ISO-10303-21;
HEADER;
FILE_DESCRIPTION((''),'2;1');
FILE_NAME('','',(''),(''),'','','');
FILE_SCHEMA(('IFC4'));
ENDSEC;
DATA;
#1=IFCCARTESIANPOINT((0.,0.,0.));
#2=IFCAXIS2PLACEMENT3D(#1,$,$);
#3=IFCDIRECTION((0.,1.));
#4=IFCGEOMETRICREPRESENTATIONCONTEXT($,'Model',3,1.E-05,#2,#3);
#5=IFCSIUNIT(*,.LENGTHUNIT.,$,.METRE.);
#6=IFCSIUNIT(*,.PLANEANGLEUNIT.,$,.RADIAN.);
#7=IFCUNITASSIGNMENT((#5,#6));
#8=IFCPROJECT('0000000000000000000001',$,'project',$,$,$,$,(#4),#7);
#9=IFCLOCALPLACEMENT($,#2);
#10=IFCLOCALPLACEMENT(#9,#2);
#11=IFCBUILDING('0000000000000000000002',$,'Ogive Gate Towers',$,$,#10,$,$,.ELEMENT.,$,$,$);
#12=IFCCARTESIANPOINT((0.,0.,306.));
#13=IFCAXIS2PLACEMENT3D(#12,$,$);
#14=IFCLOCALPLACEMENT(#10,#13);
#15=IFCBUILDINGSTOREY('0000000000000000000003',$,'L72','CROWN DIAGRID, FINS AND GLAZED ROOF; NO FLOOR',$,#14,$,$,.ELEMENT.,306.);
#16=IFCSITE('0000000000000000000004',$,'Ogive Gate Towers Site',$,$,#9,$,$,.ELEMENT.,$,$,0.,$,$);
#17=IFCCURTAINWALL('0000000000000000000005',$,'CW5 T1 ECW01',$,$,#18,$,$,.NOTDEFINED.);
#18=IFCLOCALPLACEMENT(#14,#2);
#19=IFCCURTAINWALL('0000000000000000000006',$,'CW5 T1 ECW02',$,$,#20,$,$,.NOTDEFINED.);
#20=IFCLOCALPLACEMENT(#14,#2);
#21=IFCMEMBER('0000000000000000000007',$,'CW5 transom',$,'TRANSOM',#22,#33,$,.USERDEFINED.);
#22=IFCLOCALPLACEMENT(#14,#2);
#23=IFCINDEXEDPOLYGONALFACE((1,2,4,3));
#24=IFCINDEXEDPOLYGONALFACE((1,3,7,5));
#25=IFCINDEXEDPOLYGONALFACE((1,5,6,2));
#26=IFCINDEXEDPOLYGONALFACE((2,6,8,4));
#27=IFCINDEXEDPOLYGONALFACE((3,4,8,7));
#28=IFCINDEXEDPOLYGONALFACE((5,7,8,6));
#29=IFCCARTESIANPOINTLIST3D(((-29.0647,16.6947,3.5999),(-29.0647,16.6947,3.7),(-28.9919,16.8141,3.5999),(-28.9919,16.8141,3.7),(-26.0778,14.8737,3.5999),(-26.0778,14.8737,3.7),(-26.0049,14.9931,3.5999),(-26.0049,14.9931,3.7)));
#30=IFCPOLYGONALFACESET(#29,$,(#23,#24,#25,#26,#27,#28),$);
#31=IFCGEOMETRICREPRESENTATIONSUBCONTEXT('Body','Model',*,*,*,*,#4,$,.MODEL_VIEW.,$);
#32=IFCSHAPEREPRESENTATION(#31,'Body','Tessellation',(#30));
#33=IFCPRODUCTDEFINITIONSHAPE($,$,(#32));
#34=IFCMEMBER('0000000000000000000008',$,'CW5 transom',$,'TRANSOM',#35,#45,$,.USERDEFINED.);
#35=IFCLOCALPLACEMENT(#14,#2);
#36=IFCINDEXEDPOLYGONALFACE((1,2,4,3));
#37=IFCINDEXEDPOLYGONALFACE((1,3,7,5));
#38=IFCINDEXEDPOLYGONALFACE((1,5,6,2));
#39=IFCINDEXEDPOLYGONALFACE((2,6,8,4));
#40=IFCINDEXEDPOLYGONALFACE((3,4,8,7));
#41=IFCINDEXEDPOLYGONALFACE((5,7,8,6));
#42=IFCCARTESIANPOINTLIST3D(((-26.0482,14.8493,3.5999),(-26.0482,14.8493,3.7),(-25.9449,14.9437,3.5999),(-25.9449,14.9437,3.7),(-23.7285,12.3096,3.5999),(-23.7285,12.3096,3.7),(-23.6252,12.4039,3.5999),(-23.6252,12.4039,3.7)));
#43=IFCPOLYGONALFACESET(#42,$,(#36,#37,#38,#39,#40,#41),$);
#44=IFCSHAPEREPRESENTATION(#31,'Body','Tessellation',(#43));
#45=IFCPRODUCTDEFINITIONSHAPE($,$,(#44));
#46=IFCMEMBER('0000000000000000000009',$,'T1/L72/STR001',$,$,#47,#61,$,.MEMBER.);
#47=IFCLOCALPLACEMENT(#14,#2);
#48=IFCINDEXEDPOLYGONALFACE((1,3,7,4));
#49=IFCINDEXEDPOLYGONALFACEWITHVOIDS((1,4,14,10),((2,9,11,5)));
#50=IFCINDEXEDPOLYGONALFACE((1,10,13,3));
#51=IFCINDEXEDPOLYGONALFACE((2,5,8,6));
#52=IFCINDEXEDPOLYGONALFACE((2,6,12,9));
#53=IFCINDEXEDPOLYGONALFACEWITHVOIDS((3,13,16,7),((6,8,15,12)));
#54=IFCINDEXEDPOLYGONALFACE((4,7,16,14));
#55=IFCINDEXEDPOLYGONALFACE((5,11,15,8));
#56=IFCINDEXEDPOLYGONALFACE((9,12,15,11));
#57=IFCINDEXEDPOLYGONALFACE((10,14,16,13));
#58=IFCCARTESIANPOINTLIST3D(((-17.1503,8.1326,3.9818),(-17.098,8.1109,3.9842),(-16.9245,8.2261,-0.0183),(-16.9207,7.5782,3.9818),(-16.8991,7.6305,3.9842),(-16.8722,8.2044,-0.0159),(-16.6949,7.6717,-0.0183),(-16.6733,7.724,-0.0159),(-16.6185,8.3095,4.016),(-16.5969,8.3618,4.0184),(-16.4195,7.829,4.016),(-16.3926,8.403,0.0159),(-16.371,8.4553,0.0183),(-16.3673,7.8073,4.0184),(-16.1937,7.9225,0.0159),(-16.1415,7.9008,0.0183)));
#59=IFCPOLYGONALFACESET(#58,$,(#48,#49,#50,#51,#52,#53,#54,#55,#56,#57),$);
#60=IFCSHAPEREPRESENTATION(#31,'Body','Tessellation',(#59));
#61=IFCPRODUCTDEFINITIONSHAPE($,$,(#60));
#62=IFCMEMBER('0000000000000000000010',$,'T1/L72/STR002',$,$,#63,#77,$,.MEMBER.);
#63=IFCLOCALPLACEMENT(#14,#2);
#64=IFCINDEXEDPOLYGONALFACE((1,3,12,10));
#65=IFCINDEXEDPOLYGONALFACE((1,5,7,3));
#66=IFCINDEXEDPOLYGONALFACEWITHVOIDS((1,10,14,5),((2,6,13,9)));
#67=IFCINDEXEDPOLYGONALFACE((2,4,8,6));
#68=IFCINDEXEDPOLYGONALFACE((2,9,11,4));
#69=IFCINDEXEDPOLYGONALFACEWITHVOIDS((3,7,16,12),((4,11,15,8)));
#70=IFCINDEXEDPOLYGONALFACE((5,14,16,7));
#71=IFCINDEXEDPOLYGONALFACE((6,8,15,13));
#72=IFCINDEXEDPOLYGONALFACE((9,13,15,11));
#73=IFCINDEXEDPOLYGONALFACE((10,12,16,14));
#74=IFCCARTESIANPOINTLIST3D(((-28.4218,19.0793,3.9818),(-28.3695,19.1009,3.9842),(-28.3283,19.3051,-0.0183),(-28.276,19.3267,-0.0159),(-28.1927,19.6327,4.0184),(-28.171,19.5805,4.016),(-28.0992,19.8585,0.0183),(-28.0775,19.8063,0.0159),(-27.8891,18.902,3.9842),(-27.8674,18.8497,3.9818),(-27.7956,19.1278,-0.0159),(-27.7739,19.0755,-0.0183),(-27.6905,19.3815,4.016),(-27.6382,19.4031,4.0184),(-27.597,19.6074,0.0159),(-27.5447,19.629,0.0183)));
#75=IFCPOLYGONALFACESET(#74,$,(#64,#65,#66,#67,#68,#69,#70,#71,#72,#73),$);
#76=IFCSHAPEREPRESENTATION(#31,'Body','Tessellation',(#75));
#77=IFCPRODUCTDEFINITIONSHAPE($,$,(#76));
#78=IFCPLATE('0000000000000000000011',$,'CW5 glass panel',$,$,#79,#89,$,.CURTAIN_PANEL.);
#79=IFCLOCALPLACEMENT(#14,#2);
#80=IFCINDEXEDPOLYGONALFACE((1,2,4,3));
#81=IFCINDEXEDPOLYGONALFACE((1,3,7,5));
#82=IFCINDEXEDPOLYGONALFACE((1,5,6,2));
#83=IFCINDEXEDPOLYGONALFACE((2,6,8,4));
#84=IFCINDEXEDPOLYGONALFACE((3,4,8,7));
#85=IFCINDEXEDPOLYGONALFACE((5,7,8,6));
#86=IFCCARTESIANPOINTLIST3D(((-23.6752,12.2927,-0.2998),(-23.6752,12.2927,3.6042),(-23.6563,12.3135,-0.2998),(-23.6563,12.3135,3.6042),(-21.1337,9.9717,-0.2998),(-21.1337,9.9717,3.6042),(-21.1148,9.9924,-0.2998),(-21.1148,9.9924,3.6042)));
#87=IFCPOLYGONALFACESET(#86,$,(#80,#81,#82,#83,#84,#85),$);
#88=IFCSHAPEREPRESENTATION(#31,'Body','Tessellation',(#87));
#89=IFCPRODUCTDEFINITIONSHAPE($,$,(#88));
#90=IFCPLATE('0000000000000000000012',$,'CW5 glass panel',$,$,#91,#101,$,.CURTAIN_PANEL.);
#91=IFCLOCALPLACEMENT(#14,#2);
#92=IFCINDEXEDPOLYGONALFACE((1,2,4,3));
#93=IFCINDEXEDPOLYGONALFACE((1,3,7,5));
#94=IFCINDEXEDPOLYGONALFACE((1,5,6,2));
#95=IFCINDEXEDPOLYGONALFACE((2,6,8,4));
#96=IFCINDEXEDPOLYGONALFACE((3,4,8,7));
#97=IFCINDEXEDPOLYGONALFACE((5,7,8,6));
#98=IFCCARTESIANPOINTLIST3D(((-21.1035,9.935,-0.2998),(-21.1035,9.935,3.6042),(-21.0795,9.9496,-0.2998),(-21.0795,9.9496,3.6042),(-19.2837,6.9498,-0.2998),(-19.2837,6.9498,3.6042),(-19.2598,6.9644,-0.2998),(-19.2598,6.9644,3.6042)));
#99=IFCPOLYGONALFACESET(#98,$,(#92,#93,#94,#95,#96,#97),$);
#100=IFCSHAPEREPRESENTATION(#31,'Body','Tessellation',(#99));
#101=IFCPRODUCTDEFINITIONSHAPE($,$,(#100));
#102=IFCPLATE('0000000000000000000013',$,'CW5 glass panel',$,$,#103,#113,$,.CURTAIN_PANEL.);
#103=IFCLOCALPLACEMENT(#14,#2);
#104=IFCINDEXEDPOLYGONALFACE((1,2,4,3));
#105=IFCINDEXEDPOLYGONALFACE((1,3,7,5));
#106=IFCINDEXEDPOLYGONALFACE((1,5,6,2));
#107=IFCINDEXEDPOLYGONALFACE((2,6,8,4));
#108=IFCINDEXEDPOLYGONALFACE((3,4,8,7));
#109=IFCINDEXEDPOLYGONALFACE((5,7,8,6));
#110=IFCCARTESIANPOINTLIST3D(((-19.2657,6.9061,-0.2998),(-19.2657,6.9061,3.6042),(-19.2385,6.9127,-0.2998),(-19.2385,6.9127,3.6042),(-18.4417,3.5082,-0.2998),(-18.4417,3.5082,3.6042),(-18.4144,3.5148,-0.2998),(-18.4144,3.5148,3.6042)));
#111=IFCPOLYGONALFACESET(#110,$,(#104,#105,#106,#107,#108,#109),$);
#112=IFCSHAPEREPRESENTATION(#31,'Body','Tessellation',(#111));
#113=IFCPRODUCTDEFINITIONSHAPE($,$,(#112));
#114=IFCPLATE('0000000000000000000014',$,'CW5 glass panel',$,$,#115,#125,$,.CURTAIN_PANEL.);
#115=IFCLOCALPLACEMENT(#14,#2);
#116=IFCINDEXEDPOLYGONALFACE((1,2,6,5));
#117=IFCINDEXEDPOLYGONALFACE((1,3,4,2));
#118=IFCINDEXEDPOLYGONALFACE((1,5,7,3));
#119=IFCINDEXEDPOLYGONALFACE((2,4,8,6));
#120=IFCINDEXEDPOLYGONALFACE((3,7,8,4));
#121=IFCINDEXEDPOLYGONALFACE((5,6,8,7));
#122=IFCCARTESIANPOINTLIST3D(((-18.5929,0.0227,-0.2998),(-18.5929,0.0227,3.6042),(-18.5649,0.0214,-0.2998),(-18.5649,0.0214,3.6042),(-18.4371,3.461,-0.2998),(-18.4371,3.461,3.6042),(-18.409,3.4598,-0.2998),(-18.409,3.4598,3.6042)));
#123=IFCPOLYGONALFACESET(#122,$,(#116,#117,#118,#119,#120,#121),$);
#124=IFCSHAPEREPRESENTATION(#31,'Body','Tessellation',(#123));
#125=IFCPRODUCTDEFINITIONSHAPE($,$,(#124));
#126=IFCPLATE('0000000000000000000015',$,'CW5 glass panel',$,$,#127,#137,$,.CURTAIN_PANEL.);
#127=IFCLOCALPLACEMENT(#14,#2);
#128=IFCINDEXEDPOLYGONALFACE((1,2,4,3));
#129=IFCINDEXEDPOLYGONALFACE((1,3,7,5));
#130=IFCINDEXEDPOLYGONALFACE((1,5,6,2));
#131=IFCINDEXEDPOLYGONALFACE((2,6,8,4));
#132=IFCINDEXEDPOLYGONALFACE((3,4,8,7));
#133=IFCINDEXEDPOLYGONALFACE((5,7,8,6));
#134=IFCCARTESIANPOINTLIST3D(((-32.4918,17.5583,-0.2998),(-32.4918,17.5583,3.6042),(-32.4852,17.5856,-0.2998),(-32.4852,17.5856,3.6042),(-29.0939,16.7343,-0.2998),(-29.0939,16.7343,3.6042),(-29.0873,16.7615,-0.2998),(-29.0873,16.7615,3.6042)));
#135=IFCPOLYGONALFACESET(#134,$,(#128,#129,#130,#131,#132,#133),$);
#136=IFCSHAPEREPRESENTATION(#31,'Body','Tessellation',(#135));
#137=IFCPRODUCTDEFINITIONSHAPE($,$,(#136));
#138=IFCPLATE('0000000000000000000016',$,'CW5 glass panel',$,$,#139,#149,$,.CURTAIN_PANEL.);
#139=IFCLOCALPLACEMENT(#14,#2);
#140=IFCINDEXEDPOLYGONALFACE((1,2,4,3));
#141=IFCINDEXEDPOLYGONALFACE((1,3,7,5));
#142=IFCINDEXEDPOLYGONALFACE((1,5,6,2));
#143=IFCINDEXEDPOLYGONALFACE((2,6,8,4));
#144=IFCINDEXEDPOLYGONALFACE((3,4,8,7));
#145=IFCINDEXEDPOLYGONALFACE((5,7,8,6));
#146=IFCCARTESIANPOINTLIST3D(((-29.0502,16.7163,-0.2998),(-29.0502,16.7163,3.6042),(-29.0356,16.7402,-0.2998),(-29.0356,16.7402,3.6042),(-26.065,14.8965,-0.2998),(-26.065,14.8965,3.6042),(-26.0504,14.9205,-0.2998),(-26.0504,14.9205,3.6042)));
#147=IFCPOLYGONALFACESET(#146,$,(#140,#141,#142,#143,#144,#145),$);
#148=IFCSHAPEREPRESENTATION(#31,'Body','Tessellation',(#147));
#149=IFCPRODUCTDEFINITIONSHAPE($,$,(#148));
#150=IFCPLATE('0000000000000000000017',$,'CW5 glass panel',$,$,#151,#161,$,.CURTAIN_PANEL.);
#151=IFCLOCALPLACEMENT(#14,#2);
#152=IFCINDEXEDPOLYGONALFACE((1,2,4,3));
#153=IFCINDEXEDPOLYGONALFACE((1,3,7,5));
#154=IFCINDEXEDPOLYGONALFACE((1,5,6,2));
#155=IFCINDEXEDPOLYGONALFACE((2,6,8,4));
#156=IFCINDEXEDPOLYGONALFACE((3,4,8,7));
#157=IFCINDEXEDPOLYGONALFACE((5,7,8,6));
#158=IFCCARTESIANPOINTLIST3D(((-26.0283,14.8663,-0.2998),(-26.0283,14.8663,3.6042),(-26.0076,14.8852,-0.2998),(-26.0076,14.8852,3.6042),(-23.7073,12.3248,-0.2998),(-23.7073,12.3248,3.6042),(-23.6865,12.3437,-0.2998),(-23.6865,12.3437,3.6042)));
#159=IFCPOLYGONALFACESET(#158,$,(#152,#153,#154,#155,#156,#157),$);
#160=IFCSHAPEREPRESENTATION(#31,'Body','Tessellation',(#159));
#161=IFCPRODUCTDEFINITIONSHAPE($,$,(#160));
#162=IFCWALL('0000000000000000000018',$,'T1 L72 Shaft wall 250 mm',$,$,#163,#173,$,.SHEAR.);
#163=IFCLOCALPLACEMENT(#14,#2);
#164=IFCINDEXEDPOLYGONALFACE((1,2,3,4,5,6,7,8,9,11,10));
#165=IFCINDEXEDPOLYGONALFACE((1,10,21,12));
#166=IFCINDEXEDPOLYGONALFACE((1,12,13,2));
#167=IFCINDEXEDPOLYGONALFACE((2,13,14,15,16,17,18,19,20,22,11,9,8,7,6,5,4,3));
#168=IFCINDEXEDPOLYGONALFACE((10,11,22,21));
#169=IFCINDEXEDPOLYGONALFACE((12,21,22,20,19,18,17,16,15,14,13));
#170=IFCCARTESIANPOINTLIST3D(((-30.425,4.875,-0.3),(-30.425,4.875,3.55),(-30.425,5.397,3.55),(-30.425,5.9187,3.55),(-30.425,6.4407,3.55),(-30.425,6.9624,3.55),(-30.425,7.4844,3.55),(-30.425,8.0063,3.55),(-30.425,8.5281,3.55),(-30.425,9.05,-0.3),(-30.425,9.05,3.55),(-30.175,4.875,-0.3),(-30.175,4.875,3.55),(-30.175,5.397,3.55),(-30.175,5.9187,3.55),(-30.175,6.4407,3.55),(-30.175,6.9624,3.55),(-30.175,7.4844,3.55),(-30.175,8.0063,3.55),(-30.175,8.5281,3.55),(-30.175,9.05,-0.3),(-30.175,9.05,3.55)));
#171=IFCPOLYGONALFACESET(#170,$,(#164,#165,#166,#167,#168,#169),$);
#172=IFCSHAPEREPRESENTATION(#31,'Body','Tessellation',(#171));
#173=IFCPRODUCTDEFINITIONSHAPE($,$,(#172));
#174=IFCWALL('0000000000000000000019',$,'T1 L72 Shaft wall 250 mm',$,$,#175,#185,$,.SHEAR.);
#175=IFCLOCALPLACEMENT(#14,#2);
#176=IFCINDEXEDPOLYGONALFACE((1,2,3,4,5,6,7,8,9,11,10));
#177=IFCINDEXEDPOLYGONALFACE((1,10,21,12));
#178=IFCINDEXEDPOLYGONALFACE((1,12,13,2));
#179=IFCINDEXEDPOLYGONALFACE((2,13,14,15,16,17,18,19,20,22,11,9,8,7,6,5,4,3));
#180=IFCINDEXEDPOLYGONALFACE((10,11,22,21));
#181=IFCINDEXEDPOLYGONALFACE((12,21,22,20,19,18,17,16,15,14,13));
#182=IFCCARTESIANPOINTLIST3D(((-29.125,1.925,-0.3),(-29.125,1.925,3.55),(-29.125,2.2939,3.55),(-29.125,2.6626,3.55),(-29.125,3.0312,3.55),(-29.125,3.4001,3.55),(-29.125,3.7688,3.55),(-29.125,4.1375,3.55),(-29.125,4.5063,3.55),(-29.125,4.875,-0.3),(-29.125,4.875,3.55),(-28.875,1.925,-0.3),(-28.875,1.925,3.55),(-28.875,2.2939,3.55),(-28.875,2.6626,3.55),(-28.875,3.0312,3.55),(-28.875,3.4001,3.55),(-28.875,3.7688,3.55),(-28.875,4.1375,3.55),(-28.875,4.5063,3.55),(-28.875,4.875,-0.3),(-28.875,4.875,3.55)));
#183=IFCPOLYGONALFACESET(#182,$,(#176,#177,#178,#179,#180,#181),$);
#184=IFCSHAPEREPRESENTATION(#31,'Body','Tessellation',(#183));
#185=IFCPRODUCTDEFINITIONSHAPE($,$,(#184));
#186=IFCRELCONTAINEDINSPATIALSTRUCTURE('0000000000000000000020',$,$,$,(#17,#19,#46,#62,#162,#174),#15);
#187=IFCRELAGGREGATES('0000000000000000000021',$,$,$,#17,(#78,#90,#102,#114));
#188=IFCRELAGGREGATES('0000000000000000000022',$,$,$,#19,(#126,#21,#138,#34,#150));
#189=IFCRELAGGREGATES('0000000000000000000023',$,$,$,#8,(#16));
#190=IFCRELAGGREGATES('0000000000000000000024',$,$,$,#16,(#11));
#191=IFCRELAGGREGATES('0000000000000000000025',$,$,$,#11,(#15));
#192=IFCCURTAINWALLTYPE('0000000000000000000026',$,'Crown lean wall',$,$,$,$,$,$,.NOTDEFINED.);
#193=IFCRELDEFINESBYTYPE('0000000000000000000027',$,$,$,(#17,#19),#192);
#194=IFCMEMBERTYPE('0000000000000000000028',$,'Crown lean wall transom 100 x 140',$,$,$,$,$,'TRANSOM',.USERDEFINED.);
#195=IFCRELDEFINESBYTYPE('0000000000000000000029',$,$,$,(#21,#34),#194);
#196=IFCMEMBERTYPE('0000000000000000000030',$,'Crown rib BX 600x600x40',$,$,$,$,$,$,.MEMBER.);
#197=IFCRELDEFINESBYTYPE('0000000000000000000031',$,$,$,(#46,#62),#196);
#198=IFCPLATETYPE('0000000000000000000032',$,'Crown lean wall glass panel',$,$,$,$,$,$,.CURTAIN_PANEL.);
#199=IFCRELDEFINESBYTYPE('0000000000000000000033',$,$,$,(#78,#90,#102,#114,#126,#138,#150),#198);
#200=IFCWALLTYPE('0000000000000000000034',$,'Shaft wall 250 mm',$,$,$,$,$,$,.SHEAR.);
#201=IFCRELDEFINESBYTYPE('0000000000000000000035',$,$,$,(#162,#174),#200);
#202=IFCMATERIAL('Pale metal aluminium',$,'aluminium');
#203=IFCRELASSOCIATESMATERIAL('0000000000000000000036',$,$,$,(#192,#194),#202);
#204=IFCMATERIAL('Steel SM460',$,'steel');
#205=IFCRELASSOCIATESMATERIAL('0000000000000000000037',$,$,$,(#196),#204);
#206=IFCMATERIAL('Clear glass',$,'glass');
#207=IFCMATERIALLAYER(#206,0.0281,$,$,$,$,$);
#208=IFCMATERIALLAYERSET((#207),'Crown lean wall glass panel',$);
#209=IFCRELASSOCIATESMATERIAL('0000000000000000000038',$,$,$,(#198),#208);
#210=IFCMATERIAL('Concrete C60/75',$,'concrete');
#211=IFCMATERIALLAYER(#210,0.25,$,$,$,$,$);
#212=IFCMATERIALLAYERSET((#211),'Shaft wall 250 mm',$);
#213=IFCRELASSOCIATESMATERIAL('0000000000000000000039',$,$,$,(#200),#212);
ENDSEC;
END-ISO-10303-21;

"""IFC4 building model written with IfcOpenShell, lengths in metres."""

from ifc_helpers import new_model, si_unit, direction, frame, origin, origin_2d, place, context, subcontext, project, spatial, polyline, rectangle, hollow_rectangle, outline, extrude, material, layer, layer_set, material_profile, profile_set, type_object, element, aggregate, save


model = new_model("IFC4")

# Units and contexts
model_context = context("Model", 3, precision=1e-05, world=origin(), true_north=direction((0.0, 1.0)))
body_context = subcontext(model_context, "Body", "Model", "MODEL_VIEW")
ifc_project = project(units=[si_unit("LENGTHUNIT", "METRE"), si_unit("PLANEANGLEUNIT", "RADIAN")], contexts=[model_context])

# Site, building, storey
site_placement = place(None, origin())
site = spatial("IfcSite", under=ifc_project, at=site_placement, Name="Ogive Gate Towers Site", CompositionType="ELEMENT", RefElevation=0.0)
building_placement = place(site_placement, origin())
building = spatial("IfcBuilding", under=site, at=building_placement, Name="Ogive Gate Towers", CompositionType="ELEMENT")
storey_placement = place(building_placement, frame((0.0, 0.0, 306.0)))
storey = spatial("IfcBuildingStorey", under=building, at=storey_placement, Name="L72", Description="CROWN DIAGRID, FINS AND GLAZED ROOF; NO FLOOR", CompositionType="ELEMENT", Elevation=306.0)

# Shared definitions
ifc_material_1 = material(Name="Steel SM460", Category="steel")

# Curtain walls
ifc_material_2 = material(Name="Pale metal aluminium", Category="aluminium")
curtain_wall_type = type_object("IfcCurtainWallType", Name="Crown lean wall", PredefinedType="NOTDEFINED", material=ifc_material_2)
curtain_wall_1_placement = place(storey_placement, origin())
curtain_wall_1 = element("IfcCurtainWall", 1, at=curtain_wall_1_placement, inside=storey, type_object=curtain_wall_type, Name="CW5 T1 ECW01", PredefinedType="NOTDEFINED")
curtain_wall_2_placement = place(storey_placement, origin())
curtain_wall_2 = element("IfcCurtainWall", 2, at=curtain_wall_2_placement, inside=storey, type_object=curtain_wall_type, Name="CW5 T1 ECW02", PredefinedType="NOTDEFINED")

# Members
ifc_material_profile_1 = material_profile(ifc_material_2, rectangle(XDim=0.1399, YDim=0.1001, at=origin_2d()), Name="100 x 140 aluminium box")
ifc_profile_set_1 = profile_set([ifc_material_profile_1], Name="Pale metal aluminium")
member_type_1 = type_object("IfcMemberType", Name="Crown lean wall transom 100 x 140", ElementType="TRANSOM", PredefinedType="USERDEFINED", material=ifc_profile_set_1)
member_1_placement = place(storey_placement, frame((-29.0283, 16.7544, 3.6499), z_axis=(0.853839, -0.520538, 0.0), x_axis=(0.520538, 0.853839, 0.0)))
member_1 = element("IfcMember", 3, at=member_1_placement, type_object=member_type_1, Name="CW5 transom", ObjectType="TRANSOM", PredefinedType="USERDEFINED", context=body_context, shape_type="SweptSolid", body=[
    extrude(rectangle(XDim=0.1399, YDim=0.1001, at=origin_2d()), origin(), (0.0, 0.0, 1.0), 3.4983),
])
member_2_placement = place(storey_placement, frame((-25.9966, 14.8965, 3.6499), z_axis=(0.674409, -0.738358, 0.0), x_axis=(0.738358, 0.674409, 0.0)))
member_2 = element("IfcMember", 4, at=member_2_placement, type_object=member_type_1, Name="CW5 transom", ObjectType="TRANSOM", PredefinedType="USERDEFINED", context=body_context, shape_type="SweptSolid", body=[
    extrude(rectangle(XDim=0.1399, YDim=0.1001, at=origin_2d()), origin(), (0.0, 0.0, 1.0), 3.4397),
])

# Members
ifc_material_profile_2 = material_profile(ifc_material_1, hollow_rectangle(XDim=0.6001, YDim=0.6001, WallThickness=0.04, at=origin_2d()), Name="BX 600x600x40")
ifc_profile_set_2 = profile_set([ifc_material_profile_2], Name="Steel SM460")
member_type_2 = type_object("IfcMemberType", Name="Crown rib BX 600x600x40", PredefinedType="MEMBER", material=ifc_profile_set_2)
for number, where, z_axis, x_axis, name in (
    (5, (-16.533, 8.0635, 0.0), (-0.056352, -0.023333, 0.998138), (0.382558, -0.923932, 0.0), "T1/L72/STR001"),
    (6, (-27.9365, 19.467, 0.0), (-0.023333, -0.056352, 0.998138), (0.923932, -0.382558, 0.0), "T1/L72/STR002"),
):
    element("IfcMember", number, at=place(storey_placement, frame(where, z_axis=z_axis, x_axis=x_axis)), inside=storey, type_object=member_type_2, Name=name, PredefinedType="MEMBER", context=body_context, shape_type="SweptSolid", body=[
        extrude(hollow_rectangle(XDim=0.6001, YDim=0.6001, WallThickness=0.04, at=origin_2d()), origin(), (0.0, 0.0, 1.0), 4.0076),
    ])

# Plates
ifc_material_3 = material(Name="Clear glass", Category="glass")
ifc_layer_1 = layer(ifc_material_3, 0.0281)
ifc_layer_set_1 = layer_set([ifc_layer_1], Name="Crown lean wall glass panel")
plate_type = type_object("IfcPlateType", Name="Crown lean wall glass panel", PredefinedType="CURTAIN_PANEL", material=ifc_layer_set_1)
plate_1_placement = place(storey_placement, frame((-22.395, 11.1426, -0.2998), z_axis=(0.0, 0.0, 1.0), x_axis=(0.738408, -0.674354, 0.0)))
plate_1 = element("IfcPlate", 7, at=plate_1_placement, type_object=plate_type, Name="CW5 glass panel", PredefinedType="CURTAIN_PANEL", context=body_context, shape_type="SweptSolid", body=[
    extrude(rectangle(XDim=3.4419, YDim=0.0281, at=origin_2d()), origin(), (0.0, 0.0, 1.0), 3.9041),
])
plate_2_placement = place(storey_placement, frame((-20.1816, 8.4497, -0.2998), z_axis=(0.0, 0.0, 1.0), x_axis=(0.520518, -0.853851, 0.0)))
plate_2 = element("IfcPlate", 8, at=plate_2_placement, type_object=plate_type, Name="CW5 glass panel", PredefinedType="CURTAIN_PANEL", context=body_context, shape_type="SweptSolid", body=[
    extrude(rectangle(XDim=3.4961, YDim=0.0281, at=origin_2d()), origin(), (0.0, 0.0, 1.0), 3.9041),
])
plate_3_placement = place(storey_placement, frame((-18.8401, 5.2104, -0.2998), z_axis=(0.0, 0.0, 1.0), x_axis=(0.235685, -0.97183, 0.0)))
plate_3 = element("IfcPlate", 9, at=plate_3_placement, type_object=plate_type, Name="CW5 glass panel", PredefinedType="CURTAIN_PANEL", context=body_context, shape_type="SweptSolid", body=[
    extrude(rectangle(XDim=3.4963, YDim=0.0281, at=origin_2d()), origin(), (0.0, 0.0, 1.0), 3.9041),
])
plate_4_placement = place(storey_placement, frame((-18.501, 1.7412, -0.2998), z_axis=(0.0, 0.0, 1.0), x_axis=(-0.045276, -0.998975, 0.0)))
plate_4 = element("IfcPlate", 10, at=plate_4_placement, type_object=plate_type, Name="CW5 glass panel", PredefinedType="CURTAIN_PANEL", context=body_context, shape_type="SweptSolid", body=[
    extrude(rectangle(XDim=3.4419, YDim=0.0281, at=origin_2d()), origin(), (0.0, 0.0, 1.0), 3.9041),
])
aggregate(curtain_wall_1, [plate_1, plate_2, plate_3, plate_4])
plate_5_placement = place(storey_placement, frame((-30.7896, 17.1599, -0.2998), z_axis=(0.0, 0.0, 1.0), x_axis=(0.97183, -0.235685, 0.0)))
plate_5 = element("IfcPlate", 11, at=plate_5_placement, type_object=plate_type, Name="CW5 glass panel", PredefinedType="CURTAIN_PANEL", context=body_context, shape_type="SweptSolid", body=[
    extrude(rectangle(XDim=3.4963, YDim=0.0281, at=origin_2d()), origin(), (0.0, 0.0, 1.0), 3.9041),
])
plate_6_placement = place(storey_placement, frame((-27.5503, 15.8184, -0.2998), z_axis=(0.0, 0.0, 1.0), x_axis=(0.853851, -0.520518, 0.0)))
plate_6 = element("IfcPlate", 12, at=plate_6_placement, type_object=plate_type, Name="CW5 glass panel", PredefinedType="CURTAIN_PANEL", context=body_context, shape_type="SweptSolid", body=[
    extrude(rectangle(XDim=3.4961, YDim=0.0281, at=origin_2d()), origin(), (0.0, 0.0, 1.0), 3.9041),
])
plate_7_placement = place(storey_placement, frame((-24.8574, 13.605, -0.2998), z_axis=(0.0, 0.0, 1.0), x_axis=(0.674354, -0.738408, 0.0)))
plate_7 = element("IfcPlate", 13, at=plate_7_placement, type_object=plate_type, Name="CW5 glass panel", PredefinedType="CURTAIN_PANEL", context=body_context, shape_type="SweptSolid", body=[
    extrude(rectangle(XDim=3.4419, YDim=0.0281, at=origin_2d()), origin(), (0.0, 0.0, 1.0), 3.9041),
])
aggregate(curtain_wall_2, [plate_5, member_1, plate_6, member_2, plate_7])

# Walls
ifc_material_4 = material(Name="Concrete C60/75", Category="concrete")
ifc_layer_2 = layer(ifc_material_4, 0.25)
ifc_layer_set_2 = layer_set([ifc_layer_2], Name="Shaft wall 250 mm")
wall_type = type_object("IfcWallType", Name="Shaft wall 250 mm", PredefinedType="SHEAR", material=ifc_layer_set_2)
wall_1_placement = place(storey_placement, frame((-30.3, 4.875, -0.3), z_axis=(0.0, 0.0, 1.0), x_axis=(0.0, 1.0, 0.0)))
element("IfcWall", 14, at=wall_1_placement, inside=storey, type_object=wall_type, Name="T1 L72 Shaft wall 250 mm", PredefinedType="SHEAR", context=body_context, shape_type="SweptSolid", body=[
    extrude(outline(polyline([(0.0, 0.0), (4.175, 0.0), (4.175, 3.8501), (3.6531, 3.8501), (3.1313, 3.8501), (2.6094, 3.8501), (2.0874, 3.8501), (1.5657, 3.8501), (1.0437, 3.8501), (0.522, 3.8501), (0.0, 3.8501), (0.0, 0.0)])), frame((0.0, 0.125, 0.0), z_axis=(0.0, -1.0, 0.0), x_axis=(1.0, 0.0, 0.0)), (0.0, 0.0, 1.0), 0.25),
])
wall_2_placement = place(storey_placement, frame((-29.0, 1.925, -0.3), z_axis=(0.0, 0.0, 1.0), x_axis=(0.0, 1.0, 0.0)))
element("IfcWall", 15, at=wall_2_placement, inside=storey, type_object=wall_type, Name="T1 L72 Shaft wall 250 mm", PredefinedType="SHEAR", context=body_context, shape_type="SweptSolid", body=[
    extrude(outline(polyline([(0.0, 0.0), (2.95, 0.0), (2.95, 3.8501), (2.5813, 3.8501), (2.2124, 3.8501), (1.8438, 3.8501), (1.4751, 3.8501), (1.1062, 3.8501), (0.7375, 3.8501), (0.3689, 3.8501), (0.0, 3.8501), (0.0, 0.0)])), frame((0.0, 0.125, 0.0), z_axis=(0.0, -1.0, 0.0), x_axis=(1.0, 0.0, 0.0)), (0.0, 0.0, 1.0), 0.25),
])

save(model, "model.ifc")
